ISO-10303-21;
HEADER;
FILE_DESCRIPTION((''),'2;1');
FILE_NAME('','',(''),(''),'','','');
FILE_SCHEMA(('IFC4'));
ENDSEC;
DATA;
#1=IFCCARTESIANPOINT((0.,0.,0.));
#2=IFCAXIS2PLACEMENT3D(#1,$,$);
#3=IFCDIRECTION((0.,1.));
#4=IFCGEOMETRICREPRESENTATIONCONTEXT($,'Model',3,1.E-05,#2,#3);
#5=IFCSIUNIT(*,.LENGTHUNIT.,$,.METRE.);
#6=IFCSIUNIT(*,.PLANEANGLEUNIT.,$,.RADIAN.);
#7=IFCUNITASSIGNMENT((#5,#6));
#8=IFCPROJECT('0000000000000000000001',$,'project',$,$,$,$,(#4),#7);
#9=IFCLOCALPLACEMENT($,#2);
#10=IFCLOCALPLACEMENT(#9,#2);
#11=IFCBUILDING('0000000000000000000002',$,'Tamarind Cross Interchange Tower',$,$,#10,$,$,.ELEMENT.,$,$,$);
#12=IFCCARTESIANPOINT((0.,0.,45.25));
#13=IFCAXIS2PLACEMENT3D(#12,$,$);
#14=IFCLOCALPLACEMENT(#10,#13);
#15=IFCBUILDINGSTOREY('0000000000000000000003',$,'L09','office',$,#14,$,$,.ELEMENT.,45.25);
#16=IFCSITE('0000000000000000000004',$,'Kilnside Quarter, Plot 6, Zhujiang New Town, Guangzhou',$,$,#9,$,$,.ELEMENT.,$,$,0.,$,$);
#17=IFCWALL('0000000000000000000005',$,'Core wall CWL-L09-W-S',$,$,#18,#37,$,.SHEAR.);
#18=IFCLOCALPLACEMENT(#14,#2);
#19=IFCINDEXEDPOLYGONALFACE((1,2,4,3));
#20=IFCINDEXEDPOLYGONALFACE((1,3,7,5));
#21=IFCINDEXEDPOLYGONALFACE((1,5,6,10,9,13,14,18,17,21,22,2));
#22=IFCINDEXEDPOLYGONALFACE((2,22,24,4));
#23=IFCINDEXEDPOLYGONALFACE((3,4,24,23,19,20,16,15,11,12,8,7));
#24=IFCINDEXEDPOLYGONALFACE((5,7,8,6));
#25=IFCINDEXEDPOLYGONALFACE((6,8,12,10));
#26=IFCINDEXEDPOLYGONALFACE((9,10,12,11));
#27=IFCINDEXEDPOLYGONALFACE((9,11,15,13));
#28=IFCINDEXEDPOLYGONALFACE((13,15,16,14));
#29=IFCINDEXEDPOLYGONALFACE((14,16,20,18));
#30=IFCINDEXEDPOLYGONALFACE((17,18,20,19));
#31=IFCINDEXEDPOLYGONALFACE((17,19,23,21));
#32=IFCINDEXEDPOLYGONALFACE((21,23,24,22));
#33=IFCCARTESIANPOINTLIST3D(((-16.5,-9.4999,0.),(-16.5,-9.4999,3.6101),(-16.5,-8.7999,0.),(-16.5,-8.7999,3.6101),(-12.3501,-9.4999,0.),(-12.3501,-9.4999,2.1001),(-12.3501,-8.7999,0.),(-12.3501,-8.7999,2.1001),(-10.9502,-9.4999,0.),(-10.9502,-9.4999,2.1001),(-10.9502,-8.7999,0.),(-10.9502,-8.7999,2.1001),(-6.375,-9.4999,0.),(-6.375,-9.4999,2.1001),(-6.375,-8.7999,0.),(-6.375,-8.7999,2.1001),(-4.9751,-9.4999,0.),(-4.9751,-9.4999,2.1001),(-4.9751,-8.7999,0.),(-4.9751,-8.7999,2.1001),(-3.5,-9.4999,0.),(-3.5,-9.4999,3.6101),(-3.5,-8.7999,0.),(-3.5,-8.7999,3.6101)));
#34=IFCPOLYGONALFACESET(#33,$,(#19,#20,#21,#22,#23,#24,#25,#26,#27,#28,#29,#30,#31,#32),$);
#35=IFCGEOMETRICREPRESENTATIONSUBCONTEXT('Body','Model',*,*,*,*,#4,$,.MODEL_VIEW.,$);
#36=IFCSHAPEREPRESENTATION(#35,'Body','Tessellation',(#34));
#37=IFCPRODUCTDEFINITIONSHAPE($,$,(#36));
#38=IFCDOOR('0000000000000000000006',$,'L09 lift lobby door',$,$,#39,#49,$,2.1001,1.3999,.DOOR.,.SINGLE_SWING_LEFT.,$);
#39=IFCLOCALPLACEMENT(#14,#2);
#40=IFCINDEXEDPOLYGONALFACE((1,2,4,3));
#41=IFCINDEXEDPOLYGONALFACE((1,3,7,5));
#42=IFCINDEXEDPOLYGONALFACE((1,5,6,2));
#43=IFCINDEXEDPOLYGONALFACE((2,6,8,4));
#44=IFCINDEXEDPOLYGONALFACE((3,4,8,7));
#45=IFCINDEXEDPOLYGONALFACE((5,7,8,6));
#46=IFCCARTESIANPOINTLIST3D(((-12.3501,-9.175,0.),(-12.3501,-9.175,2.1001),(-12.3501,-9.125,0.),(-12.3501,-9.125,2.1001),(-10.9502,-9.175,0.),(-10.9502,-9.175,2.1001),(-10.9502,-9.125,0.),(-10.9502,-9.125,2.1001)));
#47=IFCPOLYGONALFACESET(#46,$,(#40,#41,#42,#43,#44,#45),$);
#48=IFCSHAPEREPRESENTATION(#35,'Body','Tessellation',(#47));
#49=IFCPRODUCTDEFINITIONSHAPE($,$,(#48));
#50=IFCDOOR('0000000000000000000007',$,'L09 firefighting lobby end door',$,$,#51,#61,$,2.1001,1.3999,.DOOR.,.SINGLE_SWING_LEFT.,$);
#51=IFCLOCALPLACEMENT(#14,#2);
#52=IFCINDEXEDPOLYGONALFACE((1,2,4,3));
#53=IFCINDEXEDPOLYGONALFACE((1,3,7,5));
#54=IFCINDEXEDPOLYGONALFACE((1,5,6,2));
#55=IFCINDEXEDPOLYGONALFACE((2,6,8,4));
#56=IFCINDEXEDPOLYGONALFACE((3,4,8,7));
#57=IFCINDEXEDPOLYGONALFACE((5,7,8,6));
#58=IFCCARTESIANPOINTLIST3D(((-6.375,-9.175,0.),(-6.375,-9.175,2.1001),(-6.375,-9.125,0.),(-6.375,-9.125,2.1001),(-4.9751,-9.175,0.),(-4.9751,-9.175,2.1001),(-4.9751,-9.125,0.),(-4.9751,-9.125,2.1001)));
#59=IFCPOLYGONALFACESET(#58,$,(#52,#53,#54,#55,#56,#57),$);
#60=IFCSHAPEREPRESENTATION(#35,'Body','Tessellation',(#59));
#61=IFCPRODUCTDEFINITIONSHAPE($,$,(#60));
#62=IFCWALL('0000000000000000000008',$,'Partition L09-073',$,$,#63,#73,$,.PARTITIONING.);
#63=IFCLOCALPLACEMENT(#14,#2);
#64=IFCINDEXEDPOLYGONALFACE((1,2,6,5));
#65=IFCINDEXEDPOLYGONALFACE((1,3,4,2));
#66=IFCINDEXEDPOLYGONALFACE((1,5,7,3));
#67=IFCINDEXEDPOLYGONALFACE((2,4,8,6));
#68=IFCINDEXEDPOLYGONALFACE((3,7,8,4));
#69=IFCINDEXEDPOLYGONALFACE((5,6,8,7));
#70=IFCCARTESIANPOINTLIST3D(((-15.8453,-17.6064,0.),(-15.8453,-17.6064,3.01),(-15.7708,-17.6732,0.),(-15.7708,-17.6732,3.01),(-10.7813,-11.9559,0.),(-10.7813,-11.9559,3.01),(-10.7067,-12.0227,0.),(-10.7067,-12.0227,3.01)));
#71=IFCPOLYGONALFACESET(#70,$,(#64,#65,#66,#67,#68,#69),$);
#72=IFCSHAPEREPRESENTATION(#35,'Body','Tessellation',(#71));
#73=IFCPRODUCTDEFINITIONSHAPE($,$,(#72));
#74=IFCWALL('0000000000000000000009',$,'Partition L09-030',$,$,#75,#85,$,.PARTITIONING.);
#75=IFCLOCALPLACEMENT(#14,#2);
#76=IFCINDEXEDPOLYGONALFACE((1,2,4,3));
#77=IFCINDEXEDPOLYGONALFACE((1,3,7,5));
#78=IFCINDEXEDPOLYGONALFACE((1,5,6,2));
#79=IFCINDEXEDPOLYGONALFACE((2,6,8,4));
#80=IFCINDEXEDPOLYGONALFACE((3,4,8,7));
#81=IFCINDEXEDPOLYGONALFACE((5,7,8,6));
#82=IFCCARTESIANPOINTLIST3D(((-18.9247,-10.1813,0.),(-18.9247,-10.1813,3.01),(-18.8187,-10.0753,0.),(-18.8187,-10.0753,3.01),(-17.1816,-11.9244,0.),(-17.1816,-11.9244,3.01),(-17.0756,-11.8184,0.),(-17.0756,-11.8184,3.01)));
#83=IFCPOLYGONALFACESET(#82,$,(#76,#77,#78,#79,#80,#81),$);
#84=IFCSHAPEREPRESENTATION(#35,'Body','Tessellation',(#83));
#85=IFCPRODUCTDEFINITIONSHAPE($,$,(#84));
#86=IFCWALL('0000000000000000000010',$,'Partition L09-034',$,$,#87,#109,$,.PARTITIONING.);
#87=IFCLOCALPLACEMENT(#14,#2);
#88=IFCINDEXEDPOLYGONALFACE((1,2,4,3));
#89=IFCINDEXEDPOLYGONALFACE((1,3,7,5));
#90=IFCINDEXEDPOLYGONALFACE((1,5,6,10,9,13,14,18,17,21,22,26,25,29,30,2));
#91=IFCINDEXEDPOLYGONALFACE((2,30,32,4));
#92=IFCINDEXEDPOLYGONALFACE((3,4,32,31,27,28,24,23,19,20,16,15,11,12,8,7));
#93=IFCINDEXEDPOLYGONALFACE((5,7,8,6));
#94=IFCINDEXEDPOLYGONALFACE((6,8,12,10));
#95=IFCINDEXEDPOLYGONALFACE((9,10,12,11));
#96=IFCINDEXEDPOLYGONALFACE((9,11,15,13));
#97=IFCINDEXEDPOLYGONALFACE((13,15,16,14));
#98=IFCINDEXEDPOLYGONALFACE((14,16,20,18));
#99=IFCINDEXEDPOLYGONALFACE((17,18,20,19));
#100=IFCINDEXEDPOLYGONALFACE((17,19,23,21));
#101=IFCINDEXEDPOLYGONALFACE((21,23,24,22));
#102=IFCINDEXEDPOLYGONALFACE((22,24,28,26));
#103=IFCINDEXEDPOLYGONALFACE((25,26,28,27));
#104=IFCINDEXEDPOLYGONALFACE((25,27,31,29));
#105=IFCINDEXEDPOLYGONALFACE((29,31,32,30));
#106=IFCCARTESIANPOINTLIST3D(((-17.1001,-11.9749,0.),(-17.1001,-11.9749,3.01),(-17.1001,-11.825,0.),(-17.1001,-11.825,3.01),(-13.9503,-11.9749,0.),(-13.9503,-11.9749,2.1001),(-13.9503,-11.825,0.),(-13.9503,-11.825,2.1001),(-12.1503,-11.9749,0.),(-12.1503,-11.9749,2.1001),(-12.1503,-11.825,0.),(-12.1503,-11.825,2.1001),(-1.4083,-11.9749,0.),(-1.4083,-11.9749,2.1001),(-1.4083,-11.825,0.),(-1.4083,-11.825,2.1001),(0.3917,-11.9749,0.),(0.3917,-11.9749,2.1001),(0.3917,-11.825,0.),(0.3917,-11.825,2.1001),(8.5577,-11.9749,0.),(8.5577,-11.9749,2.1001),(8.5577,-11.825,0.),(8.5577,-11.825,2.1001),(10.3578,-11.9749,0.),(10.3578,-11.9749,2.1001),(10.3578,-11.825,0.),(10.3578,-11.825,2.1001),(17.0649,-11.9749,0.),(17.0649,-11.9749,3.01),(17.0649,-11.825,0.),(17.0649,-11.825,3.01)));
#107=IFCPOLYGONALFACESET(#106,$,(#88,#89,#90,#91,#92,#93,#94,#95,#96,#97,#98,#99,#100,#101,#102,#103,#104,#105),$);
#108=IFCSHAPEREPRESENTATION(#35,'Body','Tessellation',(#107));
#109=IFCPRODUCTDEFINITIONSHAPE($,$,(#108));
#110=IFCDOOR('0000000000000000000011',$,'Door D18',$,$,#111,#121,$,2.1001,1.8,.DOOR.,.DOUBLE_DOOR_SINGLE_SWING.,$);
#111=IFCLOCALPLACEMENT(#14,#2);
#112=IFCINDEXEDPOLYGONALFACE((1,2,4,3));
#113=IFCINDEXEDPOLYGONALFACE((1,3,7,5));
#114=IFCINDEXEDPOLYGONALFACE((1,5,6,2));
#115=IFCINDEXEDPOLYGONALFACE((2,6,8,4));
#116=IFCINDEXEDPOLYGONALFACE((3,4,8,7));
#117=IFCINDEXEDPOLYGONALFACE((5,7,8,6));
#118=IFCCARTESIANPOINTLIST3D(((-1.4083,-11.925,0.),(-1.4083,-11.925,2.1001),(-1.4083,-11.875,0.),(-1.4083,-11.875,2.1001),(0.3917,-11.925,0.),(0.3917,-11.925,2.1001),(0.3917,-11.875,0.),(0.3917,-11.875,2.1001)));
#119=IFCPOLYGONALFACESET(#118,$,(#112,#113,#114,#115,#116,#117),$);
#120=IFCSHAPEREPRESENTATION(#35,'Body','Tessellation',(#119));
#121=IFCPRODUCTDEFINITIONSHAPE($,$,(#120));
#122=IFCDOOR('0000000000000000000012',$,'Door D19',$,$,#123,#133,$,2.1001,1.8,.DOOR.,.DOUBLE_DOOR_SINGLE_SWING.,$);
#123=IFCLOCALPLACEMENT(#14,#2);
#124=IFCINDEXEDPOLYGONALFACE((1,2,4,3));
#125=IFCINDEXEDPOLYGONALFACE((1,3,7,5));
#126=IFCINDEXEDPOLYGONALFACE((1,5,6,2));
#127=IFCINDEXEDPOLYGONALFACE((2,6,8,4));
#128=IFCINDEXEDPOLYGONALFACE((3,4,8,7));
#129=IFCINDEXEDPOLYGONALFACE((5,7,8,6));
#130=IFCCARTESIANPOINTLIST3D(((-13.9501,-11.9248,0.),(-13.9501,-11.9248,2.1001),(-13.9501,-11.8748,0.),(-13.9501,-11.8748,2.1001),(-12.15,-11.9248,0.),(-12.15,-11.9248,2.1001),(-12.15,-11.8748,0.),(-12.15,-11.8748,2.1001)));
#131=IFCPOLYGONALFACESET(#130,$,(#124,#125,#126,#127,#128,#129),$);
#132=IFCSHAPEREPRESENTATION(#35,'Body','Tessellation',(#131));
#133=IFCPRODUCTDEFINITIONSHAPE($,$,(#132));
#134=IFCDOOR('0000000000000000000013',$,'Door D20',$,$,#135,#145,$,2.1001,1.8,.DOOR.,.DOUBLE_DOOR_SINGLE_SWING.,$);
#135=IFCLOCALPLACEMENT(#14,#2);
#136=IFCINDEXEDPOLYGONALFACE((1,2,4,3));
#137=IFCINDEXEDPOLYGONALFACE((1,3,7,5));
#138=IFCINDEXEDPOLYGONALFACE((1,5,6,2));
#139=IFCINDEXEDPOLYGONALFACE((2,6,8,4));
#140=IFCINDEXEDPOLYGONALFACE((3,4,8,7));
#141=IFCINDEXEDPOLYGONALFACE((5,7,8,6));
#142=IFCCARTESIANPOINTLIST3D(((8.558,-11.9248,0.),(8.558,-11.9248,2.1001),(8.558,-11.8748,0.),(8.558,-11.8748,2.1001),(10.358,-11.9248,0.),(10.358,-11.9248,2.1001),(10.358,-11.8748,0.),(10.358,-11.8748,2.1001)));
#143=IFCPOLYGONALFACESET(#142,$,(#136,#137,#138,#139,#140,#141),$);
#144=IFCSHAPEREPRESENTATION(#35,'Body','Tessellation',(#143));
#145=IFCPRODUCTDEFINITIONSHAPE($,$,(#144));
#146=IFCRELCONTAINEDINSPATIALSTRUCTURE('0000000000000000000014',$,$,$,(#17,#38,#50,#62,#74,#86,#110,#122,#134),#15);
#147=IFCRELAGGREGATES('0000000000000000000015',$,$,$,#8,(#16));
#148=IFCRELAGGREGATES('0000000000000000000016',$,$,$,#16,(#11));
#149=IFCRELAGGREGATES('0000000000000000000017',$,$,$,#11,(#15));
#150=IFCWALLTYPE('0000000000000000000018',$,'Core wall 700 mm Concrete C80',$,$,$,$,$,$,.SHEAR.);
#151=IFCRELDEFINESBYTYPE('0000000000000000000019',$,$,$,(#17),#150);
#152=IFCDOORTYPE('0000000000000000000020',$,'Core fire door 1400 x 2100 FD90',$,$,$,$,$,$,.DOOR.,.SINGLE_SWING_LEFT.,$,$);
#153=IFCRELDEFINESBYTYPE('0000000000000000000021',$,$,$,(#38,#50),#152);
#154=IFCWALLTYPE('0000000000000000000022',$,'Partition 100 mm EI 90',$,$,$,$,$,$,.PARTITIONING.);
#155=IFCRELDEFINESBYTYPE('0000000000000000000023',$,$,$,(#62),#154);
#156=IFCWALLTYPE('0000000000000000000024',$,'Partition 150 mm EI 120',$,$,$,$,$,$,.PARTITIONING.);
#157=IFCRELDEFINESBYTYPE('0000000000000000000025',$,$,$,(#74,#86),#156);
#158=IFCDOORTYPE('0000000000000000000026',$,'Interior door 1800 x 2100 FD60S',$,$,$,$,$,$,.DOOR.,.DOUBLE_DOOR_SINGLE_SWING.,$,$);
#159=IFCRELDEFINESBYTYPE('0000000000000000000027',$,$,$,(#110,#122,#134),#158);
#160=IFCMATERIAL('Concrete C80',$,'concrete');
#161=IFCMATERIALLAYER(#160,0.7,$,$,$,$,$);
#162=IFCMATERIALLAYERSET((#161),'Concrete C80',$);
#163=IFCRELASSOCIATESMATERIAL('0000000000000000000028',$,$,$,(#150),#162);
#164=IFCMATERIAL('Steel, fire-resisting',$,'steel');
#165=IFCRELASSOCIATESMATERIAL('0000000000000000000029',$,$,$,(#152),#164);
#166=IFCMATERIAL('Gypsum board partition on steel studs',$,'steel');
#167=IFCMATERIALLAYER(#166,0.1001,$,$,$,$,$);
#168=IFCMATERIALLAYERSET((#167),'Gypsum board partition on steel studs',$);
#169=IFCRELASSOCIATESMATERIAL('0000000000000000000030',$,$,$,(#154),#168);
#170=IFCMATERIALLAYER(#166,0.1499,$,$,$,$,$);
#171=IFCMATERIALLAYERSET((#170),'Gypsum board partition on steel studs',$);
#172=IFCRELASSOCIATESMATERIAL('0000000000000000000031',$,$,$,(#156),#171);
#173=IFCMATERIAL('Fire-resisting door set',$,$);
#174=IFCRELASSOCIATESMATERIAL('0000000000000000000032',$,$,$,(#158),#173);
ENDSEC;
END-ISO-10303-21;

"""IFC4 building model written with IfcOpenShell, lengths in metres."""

from ifc_helpers import new_model, si_unit, direction, frame, frame_2d, origin, place, context, subcontext, project, spatial, rectangle, extrude, material, layer, layer_set, type_object, element, fill, save


model = new_model("IFC4")

# Units and contexts
model_context = context("Model", 3, precision=1e-05, world=origin(), true_north=direction((0.0, 1.0)))
body_context = subcontext(model_context, "Body", "Model", "MODEL_VIEW")
ifc_project = project(units=[si_unit("LENGTHUNIT", "METRE"), si_unit("PLANEANGLEUNIT", "RADIAN")], contexts=[model_context])

# Site, building, storey
site_placement = place(None, origin())
site = spatial("IfcSite", under=ifc_project, at=site_placement, Name="Kilnside Quarter, Plot 6, Zhujiang New Town, Guangzhou", CompositionType="ELEMENT", RefElevation=0.0)
building_placement = place(site_placement, origin())
building = spatial("IfcBuilding", under=site, at=building_placement, Name="Tamarind Cross Interchange Tower", CompositionType="ELEMENT")
storey_placement = place(building_placement, frame((0.0, 0.0, 45.25)))
storey = spatial("IfcBuildingStorey", under=building, at=storey_placement, Name="L09", Description="office", CompositionType="ELEMENT", Elevation=45.25)

# Wall, openings, doors
ifc_material_1 = material(Name="Concrete C80", Category="concrete")
ifc_layer_1 = layer(ifc_material_1, 0.7)
ifc_layer_set_1 = layer_set([ifc_layer_1], Name="Concrete C80")
wall_type_1 = type_object("IfcWallType", Name="Core wall 700 mm Concrete C80", PredefinedType="SHEAR", material=ifc_layer_set_1)
wall_1_placement = place(storey_placement, frame((-16.5, -9.1499, 0.0), z_axis=(0.0, 0.0, 1.0), x_axis=(1.0, 0.0, 0.0)))
wall_1 = element("IfcWall", 1, at=wall_1_placement, inside=storey, type_object=wall_type_1, Name="Core wall CWL-L09-W-S", PredefinedType="SHEAR", context=body_context, shape_type="SweptSolid", body=[
    extrude(rectangle(XDim=13.0, YDim=0.7, at=frame_2d((6.5, 0.0))), origin(), (0.0, 0.0, 1.0), 3.6101),
])
opening_1_placement = place(wall_1_placement, frame((4.1499, 0.0, 0.0)))
opening_1 = element("IfcOpeningElement", 2, at=opening_1_placement, cuts=wall_1, PredefinedType="OPENING", context=body_context, shape_type="SweptSolid", body=[
    extrude(rectangle(XDim=1.3999, YDim=2.1001, at=frame_2d((0.7, 1.05))), frame((0.0, 0.3599, 0.0), z_axis=(0.0, -1.0, 0.0), x_axis=(1.0, 0.0, 0.0)), (0.0, 0.0, 1.0), 0.72),
])
opening_2_placement = place(wall_1_placement, frame((10.125, 0.0, 0.0)))
opening_2 = element("IfcOpeningElement", 3, at=opening_2_placement, cuts=wall_1, PredefinedType="OPENING", context=body_context, shape_type="SweptSolid", body=[
    extrude(rectangle(XDim=1.3999, YDim=2.1001, at=frame_2d((0.7, 1.05))), frame((0.0, 0.3599, 0.0), z_axis=(0.0, -1.0, 0.0), x_axis=(1.0, 0.0, 0.0)), (0.0, 0.0, 1.0), 0.72),
])
ifc_material_2 = material(Name="Steel, fire-resisting", Category="steel")
door_type_1 = type_object("IfcDoorType", Name="Core fire door 1400 x 2100 FD90", OperationType="SINGLE_SWING_LEFT", PredefinedType="DOOR", material=ifc_material_2)
door_1_placement = place(opening_1_placement, origin())
door_1 = element("IfcDoor", 4, at=door_1_placement, inside=storey, type_object=door_type_1, Name="L09 lift lobby door", OperationType="SINGLE_SWING_LEFT", OverallHeight=2.1001, OverallWidth=1.3999, PredefinedType="DOOR", context=body_context, shape_type="SweptSolid", body=[
    extrude(rectangle(XDim=1.3999, YDim=2.1001, at=frame_2d((0.7, 1.05))), frame((0.0, 0.0249, 0.0), z_axis=(0.0, -1.0, 0.0), x_axis=(1.0, 0.0, 0.0)), (0.0, 0.0, 1.0), 0.05),
])
fill(opening_1, door_1)
door_2_placement = place(opening_2_placement, origin())
door_2 = element("IfcDoor", 5, at=door_2_placement, inside=storey, type_object=door_type_1, Name="L09 firefighting lobby end door", OperationType="SINGLE_SWING_LEFT", OverallHeight=2.1001, OverallWidth=1.3999, PredefinedType="DOOR", context=body_context, shape_type="SweptSolid", body=[
    extrude(rectangle(XDim=1.3999, YDim=2.1001, at=frame_2d((0.7, 1.05))), frame((0.0, 0.0249, 0.0), z_axis=(0.0, -1.0, 0.0), x_axis=(1.0, 0.0, 0.0)), (0.0, 0.0, 1.0), 0.05),
])
fill(opening_2, door_2)

# Walls
ifc_material_3 = material(Name="Gypsum board partition on steel studs", Category="steel")
ifc_layer_2 = layer(ifc_material_3, 0.1001)
ifc_layer_set_2 = layer_set([ifc_layer_2], Name="Gypsum board partition on steel studs")
wall_type_2 = type_object("IfcWallType", Name="Partition 100 mm EI 90", PredefinedType="PARTITIONING", material=ifc_layer_set_2)
wall_2_placement = place(storey_placement, frame((-15.8081, -17.6399, 0.0), z_axis=(0.0, 0.0, 1.0), x_axis=(0.667406, 0.744694, 0.0)))
element("IfcWall", 6, at=wall_2_placement, inside=storey, type_object=wall_type_2, Name="Partition L09-073", PredefinedType="PARTITIONING", context=body_context, shape_type="SweptSolid", body=[
    extrude(rectangle(XDim=7.5876, YDim=0.1001, at=frame_2d((3.7939, 0.0))), origin(), (0.0, 0.0, 1.0), 3.01),
])
ifc_layer_3 = layer(ifc_material_3, 0.1499)
ifc_layer_set_3 = layer_set([ifc_layer_3], Name="Gypsum board partition on steel studs")
wall_type_3 = type_object("IfcWallType", Name="Partition 150 mm EI 120", PredefinedType="PARTITIONING", material=ifc_layer_set_3)
wall_3_placement = place(storey_placement, frame((-18.8716, -10.1284, 0.0), z_axis=(0.0, 0.0, 1.0), x_axis=(0.707107, -0.707107, 0.0)))
element("IfcWall", 7, at=wall_3_placement, inside=storey, type_object=wall_type_3, Name="Partition L09-030", PredefinedType="PARTITIONING", context=body_context, shape_type="SweptSolid", body=[
    extrude(rectangle(XDim=2.4651, YDim=0.1499, at=frame_2d((1.2324, 0.0))), origin(), (0.0, 0.0, 1.0), 3.01),
])

# Wall, openings, doors
wall_4_placement = place(storey_placement, frame((-17.1001, -11.8999, 0.0), z_axis=(0.0, 0.0, 1.0), x_axis=(1.0, 0.0, 0.0)))
wall_4 = element("IfcWall", 8, at=wall_4_placement, inside=storey, type_object=wall_type_3, Name="Partition L09-034", PredefinedType="PARTITIONING", context=body_context, shape_type="SweptSolid", body=[
    extrude(rectangle(XDim=34.165, YDim=0.1499, at=frame_2d((17.0825, 0.0))), origin(), (0.0, 0.0, 1.0), 3.01),
])
opening_3_placement = place(wall_4_placement, frame((15.6919, 0.0, 0.0)))
opening_3 = element("IfcOpeningElement", 9, at=opening_3_placement, cuts=wall_4, PredefinedType="OPENING", context=body_context, shape_type="SweptSolid", body=[
    extrude(rectangle(XDim=1.8, YDim=2.1001, at=frame_2d((0.8999, 1.05))), frame((0.0, 0.085, 0.0), z_axis=(0.0, -1.0, 0.0), x_axis=(1.0, 0.0, 0.0)), (0.0, 0.0, 1.0), 0.1699),
])
opening_4_placement = place(wall_4_placement, frame((3.1499, 0.0, 0.0)))
opening_4 = element("IfcOpeningElement", 10, at=opening_4_placement, cuts=wall_4, PredefinedType="OPENING", context=body_context, shape_type="SweptSolid", body=[
    extrude(rectangle(XDim=1.8, YDim=2.1001, at=frame_2d((0.8999, 1.05))), frame((0.0, 0.085, 0.0), z_axis=(0.0, -1.0, 0.0), x_axis=(1.0, 0.0, 0.0)), (0.0, 0.0, 1.0), 0.1699),
])
opening_5_placement = place(wall_4_placement, frame((25.658, 0.0, 0.0)))
opening_5 = element("IfcOpeningElement", 11, at=opening_5_placement, cuts=wall_4, PredefinedType="OPENING", context=body_context, shape_type="SweptSolid", body=[
    extrude(rectangle(XDim=1.8, YDim=2.1001, at=frame_2d((0.8999, 1.05))), frame((0.0, 0.085, 0.0), z_axis=(0.0, -1.0, 0.0), x_axis=(1.0, 0.0, 0.0)), (0.0, 0.0, 1.0), 0.1699),
])
ifc_material_4 = material(Name="Fire-resisting door set")
door_type_2 = type_object("IfcDoorType", Name="Interior door 1800 x 2100 FD60S", OperationType="DOUBLE_DOOR_SINGLE_SWING", PredefinedType="DOOR", material=ifc_material_4)
door_3_placement = place(opening_3_placement, origin())
door_3 = element("IfcDoor", 12, at=door_3_placement, inside=storey, type_object=door_type_2, Name="Door D18", OperationType="DOUBLE_DOOR_SINGLE_SWING", OverallHeight=2.1001, OverallWidth=1.8, PredefinedType="DOOR", context=body_context, shape_type="SweptSolid", body=[
    extrude(rectangle(XDim=1.8, YDim=2.1001, at=frame_2d((0.8999, 1.05))), frame((0.0, 0.0249, 0.0), z_axis=(0.0, -1.0, 0.0), x_axis=(1.0, 0.0, 0.0)), (0.0, 0.0, 1.0), 0.05),
])
fill(opening_3, door_3)
door_4_placement = place(opening_4_placement, frame((1.8, 0.0, 0.0), z_axis=(0.0, 0.0, 1.0), x_axis=(-1.0, 0.0, 0.0)))
door_4 = element("IfcDoor", 13, at=door_4_placement, inside=storey, type_object=door_type_2, Name="Door D19", OperationType="DOUBLE_DOOR_SINGLE_SWING", OverallHeight=2.1001, OverallWidth=1.8, PredefinedType="DOOR", context=body_context, shape_type="SweptSolid", body=[
    extrude(rectangle(XDim=1.8, YDim=2.1001, at=frame_2d((0.8999, 1.05))), frame((0.0, 0.0249, 0.0), z_axis=(0.0, -1.0, 0.0), x_axis=(1.0, 0.0, 0.0)), (0.0, 0.0, 1.0), 0.05),
])
fill(opening_4, door_4)
door_5_placement = place(opening_5_placement, frame((1.8, 0.0, 0.0), z_axis=(0.0, 0.0, 1.0), x_axis=(-1.0, 0.0, 0.0)))
door_5 = element("IfcDoor", 14, at=door_5_placement, inside=storey, type_object=door_type_2, Name="Door D20", OperationType="DOUBLE_DOOR_SINGLE_SWING", OverallHeight=2.1001, OverallWidth=1.8, PredefinedType="DOOR", context=body_context, shape_type="SweptSolid", body=[
    extrude(rectangle(XDim=1.8, YDim=2.1001, at=frame_2d((0.8999, 1.05))), frame((0.0, 0.0249, 0.0), z_axis=(0.0, -1.0, 0.0), x_axis=(1.0, 0.0, 0.0)), (0.0, 0.0, 1.0), 0.05),
])
fill(opening_5, door_5)

save(model, "model.ifc")
